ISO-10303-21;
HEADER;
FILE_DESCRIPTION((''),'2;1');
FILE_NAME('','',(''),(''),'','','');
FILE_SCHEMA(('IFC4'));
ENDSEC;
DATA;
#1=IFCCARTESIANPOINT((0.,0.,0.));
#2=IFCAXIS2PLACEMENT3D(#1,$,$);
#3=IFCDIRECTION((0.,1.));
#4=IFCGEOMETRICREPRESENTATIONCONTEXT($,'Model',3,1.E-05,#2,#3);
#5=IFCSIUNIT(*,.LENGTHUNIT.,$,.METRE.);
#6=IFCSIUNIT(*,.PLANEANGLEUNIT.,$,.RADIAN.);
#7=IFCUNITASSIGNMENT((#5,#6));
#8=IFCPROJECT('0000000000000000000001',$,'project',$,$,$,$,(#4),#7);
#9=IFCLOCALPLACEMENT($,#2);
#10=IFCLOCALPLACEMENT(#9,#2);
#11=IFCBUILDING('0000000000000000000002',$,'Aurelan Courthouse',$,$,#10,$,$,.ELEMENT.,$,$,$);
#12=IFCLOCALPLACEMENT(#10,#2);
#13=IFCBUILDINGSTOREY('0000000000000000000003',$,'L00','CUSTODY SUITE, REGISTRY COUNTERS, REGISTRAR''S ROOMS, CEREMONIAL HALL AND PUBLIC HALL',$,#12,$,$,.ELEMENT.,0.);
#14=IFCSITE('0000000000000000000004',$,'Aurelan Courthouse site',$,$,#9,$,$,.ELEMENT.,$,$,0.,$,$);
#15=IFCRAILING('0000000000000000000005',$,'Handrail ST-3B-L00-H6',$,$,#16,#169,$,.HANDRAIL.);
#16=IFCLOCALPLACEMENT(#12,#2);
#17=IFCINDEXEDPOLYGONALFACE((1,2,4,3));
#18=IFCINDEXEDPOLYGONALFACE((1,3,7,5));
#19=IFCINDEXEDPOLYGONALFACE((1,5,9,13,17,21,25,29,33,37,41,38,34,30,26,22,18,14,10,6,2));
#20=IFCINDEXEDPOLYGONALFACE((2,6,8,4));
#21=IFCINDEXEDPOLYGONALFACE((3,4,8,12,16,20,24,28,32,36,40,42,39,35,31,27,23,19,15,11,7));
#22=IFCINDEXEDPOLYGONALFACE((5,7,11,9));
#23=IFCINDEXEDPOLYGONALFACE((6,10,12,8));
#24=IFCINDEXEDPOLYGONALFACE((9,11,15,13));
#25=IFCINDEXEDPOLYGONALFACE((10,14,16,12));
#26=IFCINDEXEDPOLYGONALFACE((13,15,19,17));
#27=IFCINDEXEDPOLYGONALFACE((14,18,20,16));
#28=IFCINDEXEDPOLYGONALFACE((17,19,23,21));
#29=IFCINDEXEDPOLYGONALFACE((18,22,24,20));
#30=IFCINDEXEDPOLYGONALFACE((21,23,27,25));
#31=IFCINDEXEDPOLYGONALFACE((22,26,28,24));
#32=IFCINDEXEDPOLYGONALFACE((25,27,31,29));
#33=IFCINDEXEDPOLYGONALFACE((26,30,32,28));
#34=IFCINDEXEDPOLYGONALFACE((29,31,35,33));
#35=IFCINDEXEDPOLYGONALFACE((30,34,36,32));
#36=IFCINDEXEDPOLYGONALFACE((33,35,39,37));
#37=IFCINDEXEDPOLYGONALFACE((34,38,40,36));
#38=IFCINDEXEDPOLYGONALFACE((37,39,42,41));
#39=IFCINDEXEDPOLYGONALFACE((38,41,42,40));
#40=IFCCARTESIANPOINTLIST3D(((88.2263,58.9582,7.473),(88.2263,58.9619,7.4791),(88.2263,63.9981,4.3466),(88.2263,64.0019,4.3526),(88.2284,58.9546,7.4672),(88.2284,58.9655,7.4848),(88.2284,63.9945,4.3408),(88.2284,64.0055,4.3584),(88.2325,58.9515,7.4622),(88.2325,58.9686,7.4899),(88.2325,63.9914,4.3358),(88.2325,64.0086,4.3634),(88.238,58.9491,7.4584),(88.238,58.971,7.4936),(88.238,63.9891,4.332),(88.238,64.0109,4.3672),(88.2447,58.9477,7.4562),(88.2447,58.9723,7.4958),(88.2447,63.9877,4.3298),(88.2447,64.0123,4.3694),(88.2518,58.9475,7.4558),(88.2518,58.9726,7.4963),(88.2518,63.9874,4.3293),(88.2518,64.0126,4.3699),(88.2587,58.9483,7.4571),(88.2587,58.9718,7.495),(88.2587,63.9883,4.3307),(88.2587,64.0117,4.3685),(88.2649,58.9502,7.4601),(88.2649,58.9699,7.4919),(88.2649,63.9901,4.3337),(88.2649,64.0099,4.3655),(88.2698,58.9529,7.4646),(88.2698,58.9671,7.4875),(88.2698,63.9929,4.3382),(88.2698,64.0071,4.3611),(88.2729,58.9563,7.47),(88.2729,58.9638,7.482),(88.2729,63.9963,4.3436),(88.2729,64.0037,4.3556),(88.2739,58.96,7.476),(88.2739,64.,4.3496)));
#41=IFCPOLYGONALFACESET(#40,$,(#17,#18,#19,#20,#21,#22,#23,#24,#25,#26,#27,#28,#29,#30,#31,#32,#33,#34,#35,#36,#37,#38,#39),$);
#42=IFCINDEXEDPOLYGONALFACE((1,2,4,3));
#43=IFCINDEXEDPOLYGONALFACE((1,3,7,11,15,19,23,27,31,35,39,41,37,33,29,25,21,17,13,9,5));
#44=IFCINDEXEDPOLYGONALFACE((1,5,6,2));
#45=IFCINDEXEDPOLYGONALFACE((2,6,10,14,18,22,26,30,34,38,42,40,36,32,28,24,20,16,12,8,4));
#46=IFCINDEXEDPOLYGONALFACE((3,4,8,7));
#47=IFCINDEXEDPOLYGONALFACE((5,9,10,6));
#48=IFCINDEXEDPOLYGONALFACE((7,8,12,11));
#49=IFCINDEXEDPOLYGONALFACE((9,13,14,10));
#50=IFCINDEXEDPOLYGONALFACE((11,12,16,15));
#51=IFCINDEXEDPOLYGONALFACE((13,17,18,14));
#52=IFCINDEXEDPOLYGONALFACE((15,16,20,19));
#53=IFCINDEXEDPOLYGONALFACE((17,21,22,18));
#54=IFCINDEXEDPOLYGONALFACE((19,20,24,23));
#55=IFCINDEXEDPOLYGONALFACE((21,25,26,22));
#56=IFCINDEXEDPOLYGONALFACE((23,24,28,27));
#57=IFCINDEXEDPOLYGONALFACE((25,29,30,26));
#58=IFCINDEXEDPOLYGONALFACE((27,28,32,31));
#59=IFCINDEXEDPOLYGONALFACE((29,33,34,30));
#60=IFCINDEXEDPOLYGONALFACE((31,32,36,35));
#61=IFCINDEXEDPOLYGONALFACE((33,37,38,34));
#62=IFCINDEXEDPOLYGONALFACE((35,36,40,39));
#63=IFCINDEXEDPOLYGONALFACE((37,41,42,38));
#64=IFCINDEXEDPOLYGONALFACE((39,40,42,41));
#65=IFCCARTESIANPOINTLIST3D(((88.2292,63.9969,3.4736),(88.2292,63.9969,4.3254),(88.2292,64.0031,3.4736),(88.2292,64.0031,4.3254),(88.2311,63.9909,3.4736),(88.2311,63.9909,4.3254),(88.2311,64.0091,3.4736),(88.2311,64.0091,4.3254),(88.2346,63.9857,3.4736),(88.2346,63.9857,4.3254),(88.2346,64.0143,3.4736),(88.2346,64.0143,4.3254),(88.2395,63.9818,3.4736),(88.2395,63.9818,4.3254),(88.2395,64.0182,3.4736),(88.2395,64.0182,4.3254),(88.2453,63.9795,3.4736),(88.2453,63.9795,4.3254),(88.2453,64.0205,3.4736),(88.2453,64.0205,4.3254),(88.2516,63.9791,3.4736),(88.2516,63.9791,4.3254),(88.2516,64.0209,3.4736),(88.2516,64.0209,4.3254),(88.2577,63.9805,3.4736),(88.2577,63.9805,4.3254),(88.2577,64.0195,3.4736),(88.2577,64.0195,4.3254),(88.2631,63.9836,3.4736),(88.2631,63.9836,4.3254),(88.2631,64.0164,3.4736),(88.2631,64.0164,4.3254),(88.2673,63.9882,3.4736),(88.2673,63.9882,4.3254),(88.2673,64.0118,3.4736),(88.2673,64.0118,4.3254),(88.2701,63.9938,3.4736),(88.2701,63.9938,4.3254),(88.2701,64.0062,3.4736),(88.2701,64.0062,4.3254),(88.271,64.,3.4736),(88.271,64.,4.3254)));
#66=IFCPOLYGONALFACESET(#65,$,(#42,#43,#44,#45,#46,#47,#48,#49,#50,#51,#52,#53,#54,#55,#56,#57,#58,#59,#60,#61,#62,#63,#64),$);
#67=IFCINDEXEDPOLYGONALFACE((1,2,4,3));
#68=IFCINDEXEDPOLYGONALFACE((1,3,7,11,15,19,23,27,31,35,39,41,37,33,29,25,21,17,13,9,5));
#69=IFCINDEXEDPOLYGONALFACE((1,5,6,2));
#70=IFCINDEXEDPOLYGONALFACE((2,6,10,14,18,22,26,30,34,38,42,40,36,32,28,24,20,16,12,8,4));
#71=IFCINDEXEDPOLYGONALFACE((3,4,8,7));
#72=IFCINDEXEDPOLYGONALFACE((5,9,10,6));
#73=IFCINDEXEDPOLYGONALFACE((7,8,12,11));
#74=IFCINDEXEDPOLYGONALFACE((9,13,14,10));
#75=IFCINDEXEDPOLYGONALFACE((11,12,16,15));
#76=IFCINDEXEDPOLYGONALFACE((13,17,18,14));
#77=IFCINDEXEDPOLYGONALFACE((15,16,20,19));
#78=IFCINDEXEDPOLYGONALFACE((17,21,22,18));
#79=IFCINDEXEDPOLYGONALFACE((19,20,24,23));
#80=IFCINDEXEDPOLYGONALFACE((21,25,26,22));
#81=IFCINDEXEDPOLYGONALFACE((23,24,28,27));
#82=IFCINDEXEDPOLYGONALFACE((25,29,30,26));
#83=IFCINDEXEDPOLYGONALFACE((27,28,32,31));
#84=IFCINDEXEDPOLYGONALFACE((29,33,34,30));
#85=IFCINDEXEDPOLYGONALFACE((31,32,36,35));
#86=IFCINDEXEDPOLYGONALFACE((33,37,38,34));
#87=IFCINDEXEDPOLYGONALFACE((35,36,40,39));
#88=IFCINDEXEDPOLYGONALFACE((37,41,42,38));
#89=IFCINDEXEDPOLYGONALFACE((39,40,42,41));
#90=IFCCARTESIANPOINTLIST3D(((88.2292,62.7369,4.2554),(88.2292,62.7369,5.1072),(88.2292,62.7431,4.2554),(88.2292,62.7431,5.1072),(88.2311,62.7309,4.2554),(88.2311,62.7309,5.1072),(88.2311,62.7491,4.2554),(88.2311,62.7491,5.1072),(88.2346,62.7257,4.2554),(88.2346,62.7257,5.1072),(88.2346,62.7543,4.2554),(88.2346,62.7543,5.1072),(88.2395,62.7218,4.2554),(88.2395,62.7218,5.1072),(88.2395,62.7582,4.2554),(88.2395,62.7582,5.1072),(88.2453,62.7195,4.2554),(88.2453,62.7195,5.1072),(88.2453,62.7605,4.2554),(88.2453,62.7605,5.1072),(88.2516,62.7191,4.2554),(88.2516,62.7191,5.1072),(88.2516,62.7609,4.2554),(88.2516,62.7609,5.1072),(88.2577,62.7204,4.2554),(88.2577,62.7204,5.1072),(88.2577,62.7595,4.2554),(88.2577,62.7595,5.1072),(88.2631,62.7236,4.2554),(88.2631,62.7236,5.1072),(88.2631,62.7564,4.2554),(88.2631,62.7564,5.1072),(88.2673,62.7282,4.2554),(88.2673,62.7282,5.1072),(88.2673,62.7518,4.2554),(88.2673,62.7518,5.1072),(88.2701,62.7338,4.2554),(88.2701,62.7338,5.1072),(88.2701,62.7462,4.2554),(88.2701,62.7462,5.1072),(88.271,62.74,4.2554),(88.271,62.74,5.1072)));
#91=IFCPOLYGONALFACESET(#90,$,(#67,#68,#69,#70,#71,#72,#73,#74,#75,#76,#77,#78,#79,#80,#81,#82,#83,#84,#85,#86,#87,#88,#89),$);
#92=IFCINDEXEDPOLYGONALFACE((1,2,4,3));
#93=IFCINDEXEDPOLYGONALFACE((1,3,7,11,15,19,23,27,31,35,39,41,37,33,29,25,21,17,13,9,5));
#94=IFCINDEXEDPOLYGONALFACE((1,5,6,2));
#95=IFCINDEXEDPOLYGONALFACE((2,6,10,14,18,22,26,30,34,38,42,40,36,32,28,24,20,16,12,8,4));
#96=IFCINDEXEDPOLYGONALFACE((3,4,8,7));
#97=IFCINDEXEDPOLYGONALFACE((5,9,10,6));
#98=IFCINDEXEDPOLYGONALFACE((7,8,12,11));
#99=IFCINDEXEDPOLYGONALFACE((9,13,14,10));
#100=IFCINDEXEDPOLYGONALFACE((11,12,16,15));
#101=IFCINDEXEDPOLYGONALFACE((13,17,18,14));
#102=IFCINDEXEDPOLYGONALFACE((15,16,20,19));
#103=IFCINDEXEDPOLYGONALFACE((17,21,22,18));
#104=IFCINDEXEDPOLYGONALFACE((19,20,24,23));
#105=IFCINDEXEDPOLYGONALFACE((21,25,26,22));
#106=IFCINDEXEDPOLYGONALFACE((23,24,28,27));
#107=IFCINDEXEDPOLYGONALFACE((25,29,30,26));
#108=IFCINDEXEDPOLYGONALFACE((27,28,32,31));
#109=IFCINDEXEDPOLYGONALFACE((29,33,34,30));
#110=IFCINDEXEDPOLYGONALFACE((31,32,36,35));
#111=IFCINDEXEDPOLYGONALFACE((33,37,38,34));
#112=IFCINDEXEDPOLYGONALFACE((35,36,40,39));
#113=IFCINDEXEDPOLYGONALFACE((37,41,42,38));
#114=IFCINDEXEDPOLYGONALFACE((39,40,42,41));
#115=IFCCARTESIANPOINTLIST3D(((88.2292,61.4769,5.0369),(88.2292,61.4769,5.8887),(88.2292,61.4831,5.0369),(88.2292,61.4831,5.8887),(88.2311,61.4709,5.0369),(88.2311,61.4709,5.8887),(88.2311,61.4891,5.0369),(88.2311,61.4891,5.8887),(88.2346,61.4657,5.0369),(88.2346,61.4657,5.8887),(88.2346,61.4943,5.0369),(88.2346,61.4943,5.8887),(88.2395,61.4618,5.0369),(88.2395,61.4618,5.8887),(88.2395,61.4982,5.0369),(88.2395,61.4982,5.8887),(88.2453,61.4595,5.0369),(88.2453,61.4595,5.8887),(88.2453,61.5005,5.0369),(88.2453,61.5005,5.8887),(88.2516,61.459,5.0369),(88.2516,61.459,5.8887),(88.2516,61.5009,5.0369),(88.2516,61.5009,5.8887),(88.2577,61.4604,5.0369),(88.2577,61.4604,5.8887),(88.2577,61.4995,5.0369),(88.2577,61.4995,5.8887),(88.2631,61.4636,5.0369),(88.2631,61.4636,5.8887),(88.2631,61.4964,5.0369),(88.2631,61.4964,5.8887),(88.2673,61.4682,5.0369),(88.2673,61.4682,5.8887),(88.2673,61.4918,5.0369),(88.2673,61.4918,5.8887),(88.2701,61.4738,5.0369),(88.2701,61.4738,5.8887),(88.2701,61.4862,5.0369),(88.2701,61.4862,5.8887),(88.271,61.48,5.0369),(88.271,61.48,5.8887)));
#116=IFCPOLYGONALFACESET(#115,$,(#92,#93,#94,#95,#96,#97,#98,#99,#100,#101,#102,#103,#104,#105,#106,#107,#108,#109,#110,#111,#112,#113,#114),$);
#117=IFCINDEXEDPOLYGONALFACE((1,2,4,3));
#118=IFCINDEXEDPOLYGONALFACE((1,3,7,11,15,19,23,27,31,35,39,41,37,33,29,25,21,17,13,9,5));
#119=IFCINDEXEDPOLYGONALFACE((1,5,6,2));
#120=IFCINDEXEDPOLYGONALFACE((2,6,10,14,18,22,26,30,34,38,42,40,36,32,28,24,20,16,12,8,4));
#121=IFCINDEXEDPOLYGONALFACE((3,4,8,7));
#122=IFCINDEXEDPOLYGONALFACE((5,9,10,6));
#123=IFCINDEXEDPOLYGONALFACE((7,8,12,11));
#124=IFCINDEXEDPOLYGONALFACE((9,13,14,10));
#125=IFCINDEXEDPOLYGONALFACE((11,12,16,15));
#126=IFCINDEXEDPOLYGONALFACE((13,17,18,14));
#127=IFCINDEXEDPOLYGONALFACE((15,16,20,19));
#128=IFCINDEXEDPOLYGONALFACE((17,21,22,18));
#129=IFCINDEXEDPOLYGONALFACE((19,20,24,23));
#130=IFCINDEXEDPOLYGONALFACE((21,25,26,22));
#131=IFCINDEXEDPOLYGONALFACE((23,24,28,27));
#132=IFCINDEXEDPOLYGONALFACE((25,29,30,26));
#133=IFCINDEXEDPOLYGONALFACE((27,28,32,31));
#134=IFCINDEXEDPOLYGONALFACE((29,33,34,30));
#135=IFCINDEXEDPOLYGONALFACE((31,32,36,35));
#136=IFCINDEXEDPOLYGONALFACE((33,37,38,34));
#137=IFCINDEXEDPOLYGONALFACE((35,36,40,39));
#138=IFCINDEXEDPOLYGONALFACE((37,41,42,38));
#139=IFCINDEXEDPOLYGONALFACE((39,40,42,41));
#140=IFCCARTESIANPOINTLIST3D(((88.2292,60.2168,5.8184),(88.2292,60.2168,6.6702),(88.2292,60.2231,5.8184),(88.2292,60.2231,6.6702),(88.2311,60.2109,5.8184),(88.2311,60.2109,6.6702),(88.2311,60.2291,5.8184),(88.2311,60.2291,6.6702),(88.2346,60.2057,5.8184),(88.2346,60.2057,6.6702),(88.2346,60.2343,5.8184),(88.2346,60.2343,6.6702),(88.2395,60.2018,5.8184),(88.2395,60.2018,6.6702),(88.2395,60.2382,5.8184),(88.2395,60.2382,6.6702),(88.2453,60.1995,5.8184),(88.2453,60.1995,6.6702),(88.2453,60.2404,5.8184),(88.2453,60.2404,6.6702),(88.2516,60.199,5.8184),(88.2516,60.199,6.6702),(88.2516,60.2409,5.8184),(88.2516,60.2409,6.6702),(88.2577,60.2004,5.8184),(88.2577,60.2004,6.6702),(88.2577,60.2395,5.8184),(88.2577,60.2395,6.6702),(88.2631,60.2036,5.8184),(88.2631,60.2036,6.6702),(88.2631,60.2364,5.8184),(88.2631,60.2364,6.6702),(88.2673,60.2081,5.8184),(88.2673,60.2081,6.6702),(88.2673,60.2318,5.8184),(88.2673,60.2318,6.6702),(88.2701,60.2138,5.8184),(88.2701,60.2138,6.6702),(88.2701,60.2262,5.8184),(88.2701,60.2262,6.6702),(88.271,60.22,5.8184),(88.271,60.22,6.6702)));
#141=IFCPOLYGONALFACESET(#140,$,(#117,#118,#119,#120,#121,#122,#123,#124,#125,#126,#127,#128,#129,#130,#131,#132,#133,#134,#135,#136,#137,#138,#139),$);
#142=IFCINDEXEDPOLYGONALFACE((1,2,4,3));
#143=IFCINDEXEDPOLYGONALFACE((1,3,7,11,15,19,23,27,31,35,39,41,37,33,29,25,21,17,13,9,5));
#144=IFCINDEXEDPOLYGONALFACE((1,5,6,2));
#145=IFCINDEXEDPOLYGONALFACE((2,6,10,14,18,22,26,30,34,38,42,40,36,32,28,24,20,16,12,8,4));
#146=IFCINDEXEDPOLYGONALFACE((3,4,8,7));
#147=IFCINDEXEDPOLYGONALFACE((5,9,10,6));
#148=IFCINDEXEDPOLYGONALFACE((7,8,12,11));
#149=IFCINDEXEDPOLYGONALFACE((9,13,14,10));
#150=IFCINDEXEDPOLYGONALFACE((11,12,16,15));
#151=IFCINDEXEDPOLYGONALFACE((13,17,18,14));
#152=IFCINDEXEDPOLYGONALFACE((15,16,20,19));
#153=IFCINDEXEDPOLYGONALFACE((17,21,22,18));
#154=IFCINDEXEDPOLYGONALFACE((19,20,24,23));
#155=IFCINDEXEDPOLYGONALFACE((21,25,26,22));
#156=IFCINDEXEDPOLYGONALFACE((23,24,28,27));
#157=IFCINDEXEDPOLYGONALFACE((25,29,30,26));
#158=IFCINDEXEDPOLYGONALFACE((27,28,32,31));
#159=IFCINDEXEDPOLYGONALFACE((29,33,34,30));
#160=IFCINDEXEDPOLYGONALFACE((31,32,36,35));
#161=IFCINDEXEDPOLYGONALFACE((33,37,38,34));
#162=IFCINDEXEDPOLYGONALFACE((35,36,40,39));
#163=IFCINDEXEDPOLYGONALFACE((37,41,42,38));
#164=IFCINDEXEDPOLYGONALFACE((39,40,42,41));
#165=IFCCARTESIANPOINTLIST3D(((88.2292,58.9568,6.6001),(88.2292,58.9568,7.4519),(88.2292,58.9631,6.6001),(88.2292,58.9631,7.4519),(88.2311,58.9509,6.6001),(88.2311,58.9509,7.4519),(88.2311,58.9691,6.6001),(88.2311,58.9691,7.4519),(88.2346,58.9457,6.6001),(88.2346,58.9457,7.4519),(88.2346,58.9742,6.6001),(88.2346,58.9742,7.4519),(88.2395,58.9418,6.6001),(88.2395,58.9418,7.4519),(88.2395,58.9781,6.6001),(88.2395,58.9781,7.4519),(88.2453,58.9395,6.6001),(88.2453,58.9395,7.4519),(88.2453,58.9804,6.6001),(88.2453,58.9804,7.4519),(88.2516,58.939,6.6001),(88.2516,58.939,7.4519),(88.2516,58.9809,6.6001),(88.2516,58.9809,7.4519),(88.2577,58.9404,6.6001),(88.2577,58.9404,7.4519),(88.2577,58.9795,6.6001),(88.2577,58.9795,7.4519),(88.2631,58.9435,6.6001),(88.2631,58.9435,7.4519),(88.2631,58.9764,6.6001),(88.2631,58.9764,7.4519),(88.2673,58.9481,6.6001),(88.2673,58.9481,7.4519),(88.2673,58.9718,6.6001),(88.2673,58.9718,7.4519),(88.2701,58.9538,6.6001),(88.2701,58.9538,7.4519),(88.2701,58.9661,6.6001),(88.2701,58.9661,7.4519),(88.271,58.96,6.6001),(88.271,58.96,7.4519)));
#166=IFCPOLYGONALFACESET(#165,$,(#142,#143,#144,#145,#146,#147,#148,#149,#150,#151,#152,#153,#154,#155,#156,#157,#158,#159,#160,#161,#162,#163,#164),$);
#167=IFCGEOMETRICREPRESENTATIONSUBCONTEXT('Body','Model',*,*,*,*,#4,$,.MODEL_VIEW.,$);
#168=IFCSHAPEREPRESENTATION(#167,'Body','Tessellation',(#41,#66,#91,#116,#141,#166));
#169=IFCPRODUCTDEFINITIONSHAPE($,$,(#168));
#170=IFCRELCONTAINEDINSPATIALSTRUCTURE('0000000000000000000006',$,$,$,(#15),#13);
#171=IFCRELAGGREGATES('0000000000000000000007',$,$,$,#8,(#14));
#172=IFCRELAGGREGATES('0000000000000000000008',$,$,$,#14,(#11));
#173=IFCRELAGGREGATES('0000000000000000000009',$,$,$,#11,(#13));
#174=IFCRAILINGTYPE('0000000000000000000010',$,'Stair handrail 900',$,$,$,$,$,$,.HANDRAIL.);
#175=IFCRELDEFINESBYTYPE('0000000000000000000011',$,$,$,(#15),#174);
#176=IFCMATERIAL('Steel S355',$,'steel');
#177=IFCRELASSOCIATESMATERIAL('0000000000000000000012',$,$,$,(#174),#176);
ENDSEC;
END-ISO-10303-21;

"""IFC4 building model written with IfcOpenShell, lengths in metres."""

from ifc_helpers import new_model, si_unit, direction, frame, origin, origin_2d, place, context, subcontext, project, spatial, circle, extrude, material, type_object, element, save


model = new_model("IFC4")

# Units and contexts
model_context = context("Model", 3, precision=1e-05, world=origin(), true_north=direction((0.0, 1.0)))
body_context = subcontext(model_context, "Body", "Model", "MODEL_VIEW")
ifc_project = project(units=[si_unit("LENGTHUNIT", "METRE"), si_unit("PLANEANGLEUNIT", "RADIAN")], contexts=[model_context])

# Site, building, storey
site_placement = place(None, origin())
site = spatial("IfcSite", under=ifc_project, at=site_placement, Name="Aurelan Courthouse site", CompositionType="ELEMENT", RefElevation=0.0)
building_placement = place(site_placement, origin())
building = spatial("IfcBuilding", under=site, at=building_placement, Name="Aurelan Courthouse", CompositionType="ELEMENT")
storey_placement = place(building_placement, origin())
storey = spatial("IfcBuildingStorey", under=building, at=storey_placement, Name="L00", Description="CUSTODY SUITE, REGISTRY COUNTERS, REGISTRAR'S ROOMS, CEREMONIAL HALL AND PUBLIC HALL", CompositionType="ELEMENT", Elevation=0.0)

# Railing
ifc_material_1 = material(Name="Steel S355", Category="steel")
railing_type_1 = type_object("IfcRailingType", Name="Stair handrail 900", PredefinedType="HANDRAIL", material=ifc_material_1)
for number, where, name in (
    (1, (88.25, 64.0, 3.4736), "Handrail ST-3B-L00-H6"),
):
    element("IfcRailing", number, at=place(storey_placement, frame(where)), inside=storey, type_object=railing_type_1, Name=name, PredefinedType="HANDRAIL", context=body_context, shape_type="SweptSolid", body=[
        extrude(circle(Radius=0.0239, at=origin_2d()), frame((0.0, 0.0, 0.876), z_axis=(0.0, -0.849779, 0.527139), x_axis=(1.0, 0.0, 0.0)), (0.0, 0.0, 1.0), 5.9309),
        extrude(circle(Radius=0.021, at=origin_2d()), origin(), (0.0, 0.0, 1.0), 0.8518),
        extrude(circle(Radius=0.021, at=origin_2d()), frame((0.0, -1.26, 0.7817)), (0.0, 0.0, 1.0), 0.8518),
        extrude(circle(Radius=0.021, at=origin_2d()), frame((0.0, -2.52, 1.5632)), (0.0, 0.0, 1.0), 0.8518),
        extrude(circle(Radius=0.021, at=origin_2d()), frame((0.0, -3.78, 2.3447)), (0.0, 0.0, 1.0), 0.8518),
        extrude(circle(Radius=0.021, at=origin_2d()), frame((0.0, -5.04, 3.1265)), (0.0, 0.0, 1.0), 0.8518),
    ])

save(model, "model.ifc")
